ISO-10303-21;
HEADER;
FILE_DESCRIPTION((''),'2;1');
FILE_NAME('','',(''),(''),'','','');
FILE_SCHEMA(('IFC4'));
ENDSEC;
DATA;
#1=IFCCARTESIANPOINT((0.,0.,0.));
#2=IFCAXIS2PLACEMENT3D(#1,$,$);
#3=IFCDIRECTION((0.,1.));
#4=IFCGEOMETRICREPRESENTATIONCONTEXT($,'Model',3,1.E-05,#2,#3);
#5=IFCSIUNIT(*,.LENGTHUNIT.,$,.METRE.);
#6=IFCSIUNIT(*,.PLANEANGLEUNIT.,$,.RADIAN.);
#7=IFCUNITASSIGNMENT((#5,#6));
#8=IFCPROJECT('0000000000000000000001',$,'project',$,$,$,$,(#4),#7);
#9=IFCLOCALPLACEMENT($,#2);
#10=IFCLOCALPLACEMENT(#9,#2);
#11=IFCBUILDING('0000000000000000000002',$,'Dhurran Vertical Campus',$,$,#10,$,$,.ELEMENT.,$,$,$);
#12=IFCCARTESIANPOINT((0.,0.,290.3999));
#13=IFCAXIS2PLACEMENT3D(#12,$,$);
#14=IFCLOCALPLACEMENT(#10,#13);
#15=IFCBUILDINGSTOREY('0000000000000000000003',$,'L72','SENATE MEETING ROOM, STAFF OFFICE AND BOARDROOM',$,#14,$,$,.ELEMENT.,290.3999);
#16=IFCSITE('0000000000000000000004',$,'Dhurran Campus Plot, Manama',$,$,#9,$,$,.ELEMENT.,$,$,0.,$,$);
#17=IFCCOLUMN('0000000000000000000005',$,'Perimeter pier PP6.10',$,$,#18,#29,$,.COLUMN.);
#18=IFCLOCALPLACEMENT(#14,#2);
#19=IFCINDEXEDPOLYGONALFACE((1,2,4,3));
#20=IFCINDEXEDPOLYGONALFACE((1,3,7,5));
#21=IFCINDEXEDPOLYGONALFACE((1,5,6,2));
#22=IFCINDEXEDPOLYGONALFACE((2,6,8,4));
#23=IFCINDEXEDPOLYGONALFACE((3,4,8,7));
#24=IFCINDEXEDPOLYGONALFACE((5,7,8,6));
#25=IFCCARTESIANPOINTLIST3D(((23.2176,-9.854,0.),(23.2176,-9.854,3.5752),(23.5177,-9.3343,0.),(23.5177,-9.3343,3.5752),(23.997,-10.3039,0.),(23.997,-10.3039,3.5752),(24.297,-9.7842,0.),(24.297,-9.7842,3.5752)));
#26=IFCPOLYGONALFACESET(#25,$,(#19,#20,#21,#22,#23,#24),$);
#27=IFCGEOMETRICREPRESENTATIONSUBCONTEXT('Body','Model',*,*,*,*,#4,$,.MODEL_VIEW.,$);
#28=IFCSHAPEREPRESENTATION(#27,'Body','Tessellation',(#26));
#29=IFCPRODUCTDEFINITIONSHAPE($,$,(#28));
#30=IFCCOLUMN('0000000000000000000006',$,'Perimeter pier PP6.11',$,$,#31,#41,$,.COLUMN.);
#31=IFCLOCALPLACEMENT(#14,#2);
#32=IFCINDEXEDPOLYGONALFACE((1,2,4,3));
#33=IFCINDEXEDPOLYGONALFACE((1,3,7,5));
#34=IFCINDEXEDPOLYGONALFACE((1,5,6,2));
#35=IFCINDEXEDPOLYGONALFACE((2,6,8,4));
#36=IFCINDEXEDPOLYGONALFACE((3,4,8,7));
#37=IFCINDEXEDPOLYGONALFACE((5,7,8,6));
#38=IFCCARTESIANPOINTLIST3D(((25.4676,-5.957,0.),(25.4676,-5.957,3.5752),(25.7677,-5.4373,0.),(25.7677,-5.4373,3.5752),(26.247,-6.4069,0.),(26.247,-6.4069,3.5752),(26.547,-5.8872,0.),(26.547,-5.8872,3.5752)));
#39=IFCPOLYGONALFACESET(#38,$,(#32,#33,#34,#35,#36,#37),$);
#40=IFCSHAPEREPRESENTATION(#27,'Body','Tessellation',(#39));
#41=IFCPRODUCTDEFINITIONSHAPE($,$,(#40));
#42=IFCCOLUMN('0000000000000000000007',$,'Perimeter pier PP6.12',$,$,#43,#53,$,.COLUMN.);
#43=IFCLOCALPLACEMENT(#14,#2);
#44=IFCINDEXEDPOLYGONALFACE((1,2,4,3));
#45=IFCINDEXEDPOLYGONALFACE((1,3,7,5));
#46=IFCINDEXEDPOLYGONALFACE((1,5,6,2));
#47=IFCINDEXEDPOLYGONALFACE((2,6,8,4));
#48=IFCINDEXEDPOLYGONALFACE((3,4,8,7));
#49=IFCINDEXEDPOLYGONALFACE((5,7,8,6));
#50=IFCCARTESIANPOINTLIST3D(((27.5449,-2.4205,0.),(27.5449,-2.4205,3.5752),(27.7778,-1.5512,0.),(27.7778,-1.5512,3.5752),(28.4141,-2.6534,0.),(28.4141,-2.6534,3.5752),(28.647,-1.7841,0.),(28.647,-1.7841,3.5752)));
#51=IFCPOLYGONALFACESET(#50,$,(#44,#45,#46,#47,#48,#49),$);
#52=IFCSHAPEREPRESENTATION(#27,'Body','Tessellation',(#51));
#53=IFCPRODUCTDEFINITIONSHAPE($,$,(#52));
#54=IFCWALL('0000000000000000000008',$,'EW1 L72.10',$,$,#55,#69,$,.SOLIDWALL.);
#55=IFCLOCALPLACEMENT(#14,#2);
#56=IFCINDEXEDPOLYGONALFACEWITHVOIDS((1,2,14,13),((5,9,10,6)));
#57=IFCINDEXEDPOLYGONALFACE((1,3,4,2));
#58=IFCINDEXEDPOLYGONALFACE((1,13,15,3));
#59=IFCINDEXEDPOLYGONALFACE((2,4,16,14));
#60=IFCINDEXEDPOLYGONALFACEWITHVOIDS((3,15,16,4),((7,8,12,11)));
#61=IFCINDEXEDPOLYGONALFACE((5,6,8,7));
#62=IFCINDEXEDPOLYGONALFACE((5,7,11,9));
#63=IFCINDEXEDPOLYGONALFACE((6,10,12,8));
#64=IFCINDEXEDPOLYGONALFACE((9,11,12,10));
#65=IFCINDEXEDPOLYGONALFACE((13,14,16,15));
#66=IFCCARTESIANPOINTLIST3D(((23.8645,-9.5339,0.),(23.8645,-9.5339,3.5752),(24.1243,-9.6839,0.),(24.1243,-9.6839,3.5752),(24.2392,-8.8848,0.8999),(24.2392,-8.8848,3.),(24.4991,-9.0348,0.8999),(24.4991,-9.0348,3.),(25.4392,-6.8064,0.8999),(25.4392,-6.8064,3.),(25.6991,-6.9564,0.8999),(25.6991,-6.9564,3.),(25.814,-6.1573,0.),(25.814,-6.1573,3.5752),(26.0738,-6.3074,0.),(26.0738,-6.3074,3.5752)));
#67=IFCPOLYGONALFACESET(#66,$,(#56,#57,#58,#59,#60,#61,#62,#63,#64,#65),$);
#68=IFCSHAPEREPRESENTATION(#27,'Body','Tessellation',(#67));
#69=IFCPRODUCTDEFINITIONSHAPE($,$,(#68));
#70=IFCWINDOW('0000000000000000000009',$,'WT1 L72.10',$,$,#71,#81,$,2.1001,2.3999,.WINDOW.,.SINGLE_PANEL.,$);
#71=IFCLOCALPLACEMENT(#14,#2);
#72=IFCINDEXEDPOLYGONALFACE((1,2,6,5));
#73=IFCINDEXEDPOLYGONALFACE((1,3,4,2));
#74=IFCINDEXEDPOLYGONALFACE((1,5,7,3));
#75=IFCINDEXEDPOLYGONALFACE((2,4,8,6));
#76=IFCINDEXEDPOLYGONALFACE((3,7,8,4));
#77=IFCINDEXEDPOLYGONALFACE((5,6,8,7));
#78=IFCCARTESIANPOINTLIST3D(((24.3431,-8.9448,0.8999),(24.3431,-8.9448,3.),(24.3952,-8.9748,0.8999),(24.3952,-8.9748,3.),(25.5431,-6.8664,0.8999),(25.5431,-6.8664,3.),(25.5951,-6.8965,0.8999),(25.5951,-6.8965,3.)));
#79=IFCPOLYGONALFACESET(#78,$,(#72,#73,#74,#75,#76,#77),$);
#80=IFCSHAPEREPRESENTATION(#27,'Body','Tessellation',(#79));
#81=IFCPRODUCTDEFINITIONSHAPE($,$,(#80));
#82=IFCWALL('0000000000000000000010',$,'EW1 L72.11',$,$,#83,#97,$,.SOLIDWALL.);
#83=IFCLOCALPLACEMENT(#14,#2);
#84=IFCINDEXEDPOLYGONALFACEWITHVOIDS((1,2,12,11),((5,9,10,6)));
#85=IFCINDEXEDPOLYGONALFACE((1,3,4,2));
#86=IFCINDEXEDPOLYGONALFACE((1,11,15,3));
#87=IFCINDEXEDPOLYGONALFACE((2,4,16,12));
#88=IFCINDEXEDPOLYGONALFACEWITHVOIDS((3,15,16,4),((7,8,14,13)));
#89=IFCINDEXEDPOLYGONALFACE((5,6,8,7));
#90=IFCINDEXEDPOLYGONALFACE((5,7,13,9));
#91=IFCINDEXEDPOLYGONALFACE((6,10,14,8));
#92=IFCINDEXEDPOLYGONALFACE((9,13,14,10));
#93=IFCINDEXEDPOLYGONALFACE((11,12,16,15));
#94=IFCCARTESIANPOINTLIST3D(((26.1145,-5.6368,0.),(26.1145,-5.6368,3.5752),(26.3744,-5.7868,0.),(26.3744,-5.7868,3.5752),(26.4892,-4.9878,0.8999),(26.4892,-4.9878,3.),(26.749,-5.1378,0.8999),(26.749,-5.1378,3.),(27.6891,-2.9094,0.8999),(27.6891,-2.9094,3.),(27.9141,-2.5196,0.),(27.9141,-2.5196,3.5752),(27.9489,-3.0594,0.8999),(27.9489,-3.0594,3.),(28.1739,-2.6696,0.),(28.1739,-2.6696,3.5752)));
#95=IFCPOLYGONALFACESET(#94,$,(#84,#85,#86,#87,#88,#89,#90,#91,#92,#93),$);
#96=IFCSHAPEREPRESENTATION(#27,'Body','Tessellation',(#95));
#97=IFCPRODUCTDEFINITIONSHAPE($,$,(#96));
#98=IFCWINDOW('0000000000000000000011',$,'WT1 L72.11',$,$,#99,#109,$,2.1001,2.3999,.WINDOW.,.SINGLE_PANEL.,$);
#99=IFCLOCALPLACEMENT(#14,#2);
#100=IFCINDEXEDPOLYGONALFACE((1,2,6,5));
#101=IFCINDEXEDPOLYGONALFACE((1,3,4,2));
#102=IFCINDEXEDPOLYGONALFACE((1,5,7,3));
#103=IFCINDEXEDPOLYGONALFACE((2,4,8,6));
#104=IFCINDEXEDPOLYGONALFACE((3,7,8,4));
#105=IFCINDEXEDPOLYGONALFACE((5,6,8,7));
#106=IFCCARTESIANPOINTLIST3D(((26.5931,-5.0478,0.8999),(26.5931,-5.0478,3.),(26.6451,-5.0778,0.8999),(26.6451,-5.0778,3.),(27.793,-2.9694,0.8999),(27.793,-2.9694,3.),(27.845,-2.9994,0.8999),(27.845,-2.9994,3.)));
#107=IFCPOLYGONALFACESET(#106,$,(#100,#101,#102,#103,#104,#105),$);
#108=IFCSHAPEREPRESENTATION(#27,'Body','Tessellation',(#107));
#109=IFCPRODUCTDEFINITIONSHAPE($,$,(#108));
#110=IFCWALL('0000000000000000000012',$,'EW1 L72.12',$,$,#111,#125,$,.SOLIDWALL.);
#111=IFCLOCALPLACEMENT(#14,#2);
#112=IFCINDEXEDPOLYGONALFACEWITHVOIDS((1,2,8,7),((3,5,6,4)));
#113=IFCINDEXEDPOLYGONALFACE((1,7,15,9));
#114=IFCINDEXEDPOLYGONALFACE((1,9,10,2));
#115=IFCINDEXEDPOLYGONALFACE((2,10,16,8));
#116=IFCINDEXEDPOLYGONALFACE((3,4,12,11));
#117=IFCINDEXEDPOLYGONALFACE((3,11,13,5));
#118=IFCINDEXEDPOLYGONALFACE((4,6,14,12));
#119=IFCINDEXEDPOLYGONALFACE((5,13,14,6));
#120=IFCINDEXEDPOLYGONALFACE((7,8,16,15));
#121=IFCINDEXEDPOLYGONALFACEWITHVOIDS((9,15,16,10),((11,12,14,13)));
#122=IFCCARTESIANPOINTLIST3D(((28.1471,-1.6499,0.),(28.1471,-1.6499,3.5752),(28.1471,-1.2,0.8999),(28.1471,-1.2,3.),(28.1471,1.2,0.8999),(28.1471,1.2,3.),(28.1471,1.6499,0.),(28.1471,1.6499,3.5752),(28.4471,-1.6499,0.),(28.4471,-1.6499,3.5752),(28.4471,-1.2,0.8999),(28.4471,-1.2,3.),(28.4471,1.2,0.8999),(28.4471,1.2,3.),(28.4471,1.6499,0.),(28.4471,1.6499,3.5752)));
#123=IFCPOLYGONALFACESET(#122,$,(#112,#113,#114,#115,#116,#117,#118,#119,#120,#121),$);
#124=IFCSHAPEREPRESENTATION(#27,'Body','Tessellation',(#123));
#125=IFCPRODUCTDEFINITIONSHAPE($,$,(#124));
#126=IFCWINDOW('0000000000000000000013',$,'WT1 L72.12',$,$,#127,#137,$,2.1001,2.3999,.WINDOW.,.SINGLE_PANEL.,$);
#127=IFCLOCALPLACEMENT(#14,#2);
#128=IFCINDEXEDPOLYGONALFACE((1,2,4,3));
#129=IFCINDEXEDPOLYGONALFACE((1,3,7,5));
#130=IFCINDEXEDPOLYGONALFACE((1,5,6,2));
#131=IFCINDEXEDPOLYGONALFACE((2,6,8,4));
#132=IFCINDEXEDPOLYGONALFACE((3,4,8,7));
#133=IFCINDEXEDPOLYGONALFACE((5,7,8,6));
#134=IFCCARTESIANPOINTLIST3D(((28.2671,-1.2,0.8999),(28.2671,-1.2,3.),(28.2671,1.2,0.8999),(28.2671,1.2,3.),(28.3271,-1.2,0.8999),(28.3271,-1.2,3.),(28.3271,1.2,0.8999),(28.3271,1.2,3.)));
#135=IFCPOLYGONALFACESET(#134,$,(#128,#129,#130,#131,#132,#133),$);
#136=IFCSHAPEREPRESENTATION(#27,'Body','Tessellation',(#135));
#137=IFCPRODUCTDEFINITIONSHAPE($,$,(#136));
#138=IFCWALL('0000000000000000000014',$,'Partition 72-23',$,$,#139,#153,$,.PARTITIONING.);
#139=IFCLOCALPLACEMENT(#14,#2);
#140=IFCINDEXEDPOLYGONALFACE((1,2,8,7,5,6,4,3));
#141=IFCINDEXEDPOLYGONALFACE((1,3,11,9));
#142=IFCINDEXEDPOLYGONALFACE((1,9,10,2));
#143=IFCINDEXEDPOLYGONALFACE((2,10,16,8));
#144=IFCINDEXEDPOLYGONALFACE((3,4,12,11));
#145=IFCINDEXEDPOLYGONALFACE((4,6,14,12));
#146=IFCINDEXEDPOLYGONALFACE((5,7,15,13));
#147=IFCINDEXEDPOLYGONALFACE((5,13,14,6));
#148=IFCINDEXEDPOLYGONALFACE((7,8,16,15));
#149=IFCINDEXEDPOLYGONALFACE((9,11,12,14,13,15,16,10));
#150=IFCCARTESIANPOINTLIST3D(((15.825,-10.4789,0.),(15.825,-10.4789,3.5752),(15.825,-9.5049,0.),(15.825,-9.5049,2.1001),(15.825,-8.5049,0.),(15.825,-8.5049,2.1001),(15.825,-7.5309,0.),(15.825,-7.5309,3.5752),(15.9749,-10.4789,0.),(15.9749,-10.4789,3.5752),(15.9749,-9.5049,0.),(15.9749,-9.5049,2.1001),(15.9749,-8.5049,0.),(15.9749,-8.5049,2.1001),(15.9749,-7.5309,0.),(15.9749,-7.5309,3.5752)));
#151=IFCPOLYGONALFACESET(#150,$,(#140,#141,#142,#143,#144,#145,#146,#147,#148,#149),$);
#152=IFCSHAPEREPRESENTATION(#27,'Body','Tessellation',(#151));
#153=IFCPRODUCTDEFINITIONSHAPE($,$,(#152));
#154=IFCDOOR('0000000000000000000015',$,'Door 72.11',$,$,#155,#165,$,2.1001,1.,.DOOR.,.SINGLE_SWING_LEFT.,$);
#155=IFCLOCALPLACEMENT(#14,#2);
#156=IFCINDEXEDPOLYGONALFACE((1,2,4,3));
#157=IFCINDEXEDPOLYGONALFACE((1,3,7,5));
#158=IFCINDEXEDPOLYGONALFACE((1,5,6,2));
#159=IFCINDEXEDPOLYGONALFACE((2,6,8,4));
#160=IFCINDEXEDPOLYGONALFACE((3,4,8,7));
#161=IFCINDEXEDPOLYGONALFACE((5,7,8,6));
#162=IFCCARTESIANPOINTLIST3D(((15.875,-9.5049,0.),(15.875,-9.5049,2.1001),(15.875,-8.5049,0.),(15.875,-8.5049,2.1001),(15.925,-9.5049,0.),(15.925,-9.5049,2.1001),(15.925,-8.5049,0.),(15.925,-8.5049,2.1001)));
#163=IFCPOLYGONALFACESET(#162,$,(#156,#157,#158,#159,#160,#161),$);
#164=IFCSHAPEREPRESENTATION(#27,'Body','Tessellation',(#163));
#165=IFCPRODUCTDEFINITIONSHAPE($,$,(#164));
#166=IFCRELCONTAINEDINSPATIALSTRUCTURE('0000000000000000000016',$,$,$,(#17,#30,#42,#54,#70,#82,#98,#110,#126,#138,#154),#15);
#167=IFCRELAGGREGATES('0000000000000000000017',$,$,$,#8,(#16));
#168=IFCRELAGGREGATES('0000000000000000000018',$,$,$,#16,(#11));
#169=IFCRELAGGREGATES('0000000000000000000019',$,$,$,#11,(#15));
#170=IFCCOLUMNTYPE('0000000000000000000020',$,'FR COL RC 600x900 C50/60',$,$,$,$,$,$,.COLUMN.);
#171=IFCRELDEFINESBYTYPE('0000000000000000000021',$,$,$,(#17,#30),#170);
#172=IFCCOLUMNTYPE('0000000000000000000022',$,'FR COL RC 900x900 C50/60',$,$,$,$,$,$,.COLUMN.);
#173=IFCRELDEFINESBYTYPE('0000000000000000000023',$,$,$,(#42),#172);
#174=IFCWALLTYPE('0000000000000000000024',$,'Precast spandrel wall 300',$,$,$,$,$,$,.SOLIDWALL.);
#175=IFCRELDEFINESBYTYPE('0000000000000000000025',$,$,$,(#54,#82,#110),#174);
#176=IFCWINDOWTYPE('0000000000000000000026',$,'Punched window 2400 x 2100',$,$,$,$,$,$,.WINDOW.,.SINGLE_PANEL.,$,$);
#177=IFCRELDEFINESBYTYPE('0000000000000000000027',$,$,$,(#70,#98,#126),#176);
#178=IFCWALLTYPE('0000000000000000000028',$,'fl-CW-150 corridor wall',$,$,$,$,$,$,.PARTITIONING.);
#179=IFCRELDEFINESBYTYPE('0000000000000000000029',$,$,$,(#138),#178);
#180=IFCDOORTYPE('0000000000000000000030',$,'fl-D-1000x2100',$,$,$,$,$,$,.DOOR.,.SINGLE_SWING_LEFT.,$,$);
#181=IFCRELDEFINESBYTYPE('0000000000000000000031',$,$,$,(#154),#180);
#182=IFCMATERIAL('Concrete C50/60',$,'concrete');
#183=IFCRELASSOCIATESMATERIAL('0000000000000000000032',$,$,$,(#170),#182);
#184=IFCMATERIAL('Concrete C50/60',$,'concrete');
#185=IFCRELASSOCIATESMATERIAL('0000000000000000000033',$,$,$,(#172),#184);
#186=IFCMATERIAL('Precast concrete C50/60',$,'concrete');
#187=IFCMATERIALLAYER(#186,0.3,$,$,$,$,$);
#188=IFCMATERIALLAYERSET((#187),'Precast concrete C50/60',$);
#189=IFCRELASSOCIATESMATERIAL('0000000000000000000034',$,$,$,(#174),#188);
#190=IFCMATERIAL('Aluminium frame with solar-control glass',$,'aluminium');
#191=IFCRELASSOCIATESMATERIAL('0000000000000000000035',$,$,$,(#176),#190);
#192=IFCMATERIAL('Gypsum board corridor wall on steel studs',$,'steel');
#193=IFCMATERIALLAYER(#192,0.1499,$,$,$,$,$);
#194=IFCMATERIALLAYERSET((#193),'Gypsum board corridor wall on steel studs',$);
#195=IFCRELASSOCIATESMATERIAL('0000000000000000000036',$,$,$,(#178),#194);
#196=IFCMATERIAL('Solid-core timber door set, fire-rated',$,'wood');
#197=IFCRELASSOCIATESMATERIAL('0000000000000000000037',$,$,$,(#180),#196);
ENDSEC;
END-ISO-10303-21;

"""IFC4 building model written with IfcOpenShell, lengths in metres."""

from ifc_helpers import new_model, si_unit, direction, frame, frame_2d, origin, origin_2d, place, context, subcontext, project, spatial, rectangle, extrude, material, layer, layer_set, material_profile, profile_set, type_object, element, fill, save


model = new_model("IFC4")

# Units and contexts
model_context = context("Model", 3, precision=1e-05, world=origin(), true_north=direction((0.0, 1.0)))
body_context = subcontext(model_context, "Body", "Model", "MODEL_VIEW")
ifc_project = project(units=[si_unit("LENGTHUNIT", "METRE"), si_unit("PLANEANGLEUNIT", "RADIAN")], contexts=[model_context])

# Site, building, storey
site_placement = place(None, origin())
site = spatial("IfcSite", under=ifc_project, at=site_placement, Name="Dhurran Campus Plot, Manama", CompositionType="ELEMENT", RefElevation=0.0)
building_placement = place(site_placement, origin())
building = spatial("IfcBuilding", under=site, at=building_placement, Name="Dhurran Vertical Campus", CompositionType="ELEMENT")
storey_placement = place(building_placement, frame((0.0, 0.0, 290.3999)))
storey = spatial("IfcBuildingStorey", under=building, at=storey_placement, Name="L72", Description="SENATE MEETING ROOM, STAFF OFFICE AND BOARDROOM", CompositionType="ELEMENT", Elevation=290.3999)

# Columns
ifc_material_1 = material(Name="Concrete C50/60", Category="concrete")
ifc_material_profile_1 = material_profile(ifc_material_1, rectangle(XDim=0.6001, YDim=0.8999, at=origin_2d()), Name="RC 600x900")
ifc_profile_set_1 = profile_set([ifc_material_profile_1], Name="Concrete C50/60")
column_type_1 = type_object("IfcColumnType", Name="FR COL RC 600x900 C50/60", PredefinedType="COLUMN", material=ifc_profile_set_1)
for number, where, z_axis, x_axis, name in (
    (1, (23.7573, -9.8191, 0.0), (0.0, 0.0, 1.0), (0.5, 0.866025, 0.0), "Perimeter pier PP6.10"),
    (2, (26.0073, -5.9221, 0.0), (0.0, 0.0, 1.0), (0.5, 0.866025, 0.0), "Perimeter pier PP6.11"),
):
    element("IfcColumn", number, at=place(storey_placement, frame(where, z_axis=z_axis, x_axis=x_axis)), inside=storey, type_object=column_type_1, Name=name, PredefinedType="COLUMN", context=body_context, shape_type="SweptSolid", body=[
        extrude(rectangle(XDim=0.6001, YDim=0.8999, at=origin_2d()), origin(), (0.0, 0.0, 1.0), 3.5752),
    ])
ifc_material_2 = material(Name="Concrete C50/60", Category="concrete")
ifc_material_profile_2 = material_profile(ifc_material_2, rectangle(XDim=0.8999, YDim=0.8999, at=origin_2d()), Name="RC 900x900")
ifc_profile_set_2 = profile_set([ifc_material_profile_2], Name="Concrete C50/60")
column_type_2 = type_object("IfcColumnType", Name="FR COL RC 900x900 C50/60", PredefinedType="COLUMN", material=ifc_profile_set_2)
column_placement = place(storey_placement, frame((28.0959, -2.1023, 0.0), z_axis=(0.0, 0.0, 1.0), x_axis=(0.258819, 0.965926, 0.0)))
element("IfcColumn", 3, at=column_placement, inside=storey, type_object=column_type_2, Name="Perimeter pier PP6.12", PredefinedType="COLUMN", context=body_context, shape_type="SweptSolid", body=[
    extrude(rectangle(XDim=0.8999, YDim=0.8999, at=origin_2d()), origin(), (0.0, 0.0, 1.0), 3.5752),
])

# Walls, openings, windows
ifc_material_3 = material(Name="Precast concrete C50/60", Category="concrete")
ifc_layer_1 = layer(ifc_material_3, 0.3)
ifc_layer_set_1 = layer_set([ifc_layer_1], Name="Precast concrete C50/60")
wall_type_1 = type_object("IfcWallType", Name="Precast spandrel wall 300", PredefinedType="SOLIDWALL", material=ifc_layer_set_1)
wall_1_placement = place(storey_placement, frame((23.9944, -9.6089, 0.0), z_axis=(0.0, 0.0, 1.0), x_axis=(0.500012, 0.866019, 0.0)))
wall_1 = element("IfcWall", 4, at=wall_1_placement, inside=storey, type_object=wall_type_1, Name="EW1 L72.10", PredefinedType="SOLIDWALL", context=body_context, shape_type="SweptSolid", body=[
    extrude(rectangle(XDim=3.8989, YDim=0.3, at=frame_2d((1.9495, 0.0))), origin(), (0.0, 0.0, 1.0), 3.5752),
])
opening_1_placement = place(wall_1_placement, frame((0.7495, 0.0, 0.8999)))
opening_1 = element("IfcOpeningElement", 5, at=opening_1_placement, cuts=wall_1, PredefinedType="OPENING", context=body_context, shape_type="SweptSolid", body=[
    extrude(rectangle(XDim=2.3999, YDim=2.1001, at=frame_2d((1.2, 1.05))), frame((0.0, 0.1599, 0.0), z_axis=(0.0, -1.0, 0.0), x_axis=(1.0, 0.0, 0.0)), (0.0, 0.0, 1.0), 0.3201),
])
ifc_material_4 = material(Name="Aluminium frame with solar-control glass", Category="aluminium")
window_type = type_object("IfcWindowType", Name="Punched window 2400 x 2100", PartitioningType="SINGLE_PANEL", PredefinedType="WINDOW", material=ifc_material_4)
window_1_placement = place(opening_1_placement, origin())
window_1 = element("IfcWindow", 6, at=window_1_placement, inside=storey, type_object=window_type, Name="WT1 L72.10", OverallHeight=2.1001, OverallWidth=2.3999, PartitioningType="SINGLE_PANEL", PredefinedType="WINDOW", context=body_context, shape_type="SweptSolid", body=[
    extrude(rectangle(XDim=2.3999, YDim=2.1001, at=frame_2d((1.2, 1.05))), frame((0.0, 0.03, 0.0), z_axis=(0.0, -1.0, 0.0), x_axis=(1.0, 0.0, 0.0)), (0.0, 0.0, 1.0), 0.0601),
])
fill(opening_1, window_1)
wall_2_placement = place(storey_placement, frame((26.2444, -5.7119, 0.0), z_axis=(0.0, 0.0, 1.0), x_axis=(0.499969, 0.866043, 0.0)))
wall_2 = element("IfcWall", 7, at=wall_2_placement, inside=storey, type_object=wall_type_1, Name="EW1 L72.11", PredefinedType="SOLIDWALL", context=body_context, shape_type="SweptSolid", body=[
    extrude(rectangle(XDim=3.5994, YDim=0.3, at=frame_2d((1.7998, 0.0))), origin(), (0.0, 0.0, 1.0), 3.5752),
])
opening_2_placement = place(wall_2_placement, frame((0.7495, 0.0, 0.8999)))
opening_2 = element("IfcOpeningElement", 8, at=opening_2_placement, cuts=wall_2, PredefinedType="OPENING", context=body_context, shape_type="SweptSolid", body=[
    extrude(rectangle(XDim=2.3999, YDim=2.1001, at=frame_2d((1.2, 1.05))), frame((0.0, 0.1599, 0.0), z_axis=(0.0, -1.0, 0.0), x_axis=(1.0, 0.0, 0.0)), (0.0, 0.0, 1.0), 0.3201),
])
window_2_placement = place(opening_2_placement, origin())
window_2 = element("IfcWindow", 9, at=window_2_placement, inside=storey, type_object=window_type, Name="WT1 L72.11", OverallHeight=2.1001, OverallWidth=2.3999, PartitioningType="SINGLE_PANEL", PredefinedType="WINDOW", context=body_context, shape_type="SweptSolid", body=[
    extrude(rectangle(XDim=2.3999, YDim=2.1001, at=frame_2d((1.2, 1.05))), frame((0.0, 0.03, 0.0), z_axis=(0.0, -1.0, 0.0), x_axis=(1.0, 0.0, 0.0)), (0.0, 0.0, 1.0), 0.0601),
])
fill(opening_2, window_2)
wall_3_placement = place(storey_placement, frame((28.2971, -1.6499, 0.0), z_axis=(0.0, 0.0, 1.0), x_axis=(0.0, 1.0, 0.0)))
wall_3 = element("IfcWall", 10, at=wall_3_placement, inside=storey, type_object=wall_type_1, Name="EW1 L72.12", PredefinedType="SOLIDWALL", context=body_context, shape_type="SweptSolid", body=[
    extrude(rectangle(XDim=3.2998, YDim=0.3, at=frame_2d((1.6499, 0.0))), origin(), (0.0, 0.0, 1.0), 3.5752),
])
opening_3_placement = place(wall_3_placement, frame((0.45, 0.0, 0.8999)))
opening_3 = element("IfcOpeningElement", 11, at=opening_3_placement, cuts=wall_3, PredefinedType="OPENING", context=body_context, shape_type="SweptSolid", body=[
    extrude(rectangle(XDim=2.3999, YDim=2.1001, at=frame_2d((1.2, 1.05))), frame((0.0, 0.1599, 0.0), z_axis=(0.0, -1.0, 0.0), x_axis=(1.0, 0.0, 0.0)), (0.0, 0.0, 1.0), 0.3201),
])
window_3_placement = place(opening_3_placement, origin())
window_3 = element("IfcWindow", 12, at=window_3_placement, inside=storey, type_object=window_type, Name="WT1 L72.12", OverallHeight=2.1001, OverallWidth=2.3999, PartitioningType="SINGLE_PANEL", PredefinedType="WINDOW", context=body_context, shape_type="SweptSolid", body=[
    extrude(rectangle(XDim=2.3999, YDim=2.1001, at=frame_2d((1.2, 1.05))), frame((0.0, 0.03, 0.0), z_axis=(0.0, -1.0, 0.0), x_axis=(1.0, 0.0, 0.0)), (0.0, 0.0, 1.0), 0.0601),
])
fill(opening_3, window_3)

# Wall, opening, door
ifc_material_5 = material(Name="Gypsum board corridor wall on steel studs", Category="steel")
ifc_layer_2 = layer(ifc_material_5, 0.1499)
ifc_layer_set_2 = layer_set([ifc_layer_2], Name="Gypsum board corridor wall on steel studs")
wall_type_2 = type_object("IfcWallType", Name="fl-CW-150 corridor wall", PredefinedType="PARTITIONING", material=ifc_layer_set_2)
wall_4_placement = place(storey_placement, frame((15.8999, -10.479, 0.0), z_axis=(0.0, 0.0, 1.0), x_axis=(0.0, 1.0, 0.0)))
wall_4 = element("IfcWall", 13, at=wall_4_placement, inside=storey, type_object=wall_type_2, Name="Partition 72-23", PredefinedType="PARTITIONING", context=body_context, shape_type="SweptSolid", body=[
    extrude(rectangle(XDim=2.948, YDim=0.1499, at=frame_2d((1.4741, 0.0))), origin(), (0.0, 0.0, 1.0), 3.5752),
])
opening_4_placement = place(wall_4_placement, frame((0.9741, 0.0, 0.0)))
opening_4 = element("IfcOpeningElement", 14, at=opening_4_placement, cuts=wall_4, PredefinedType="OPENING", context=body_context, shape_type="SweptSolid", body=[
    extrude(rectangle(XDim=1.0, YDim=2.1001, at=frame_2d((0.5, 1.05))), frame((0.0, 0.085, 0.0), z_axis=(0.0, -1.0, 0.0), x_axis=(1.0, 0.0, 0.0)), (0.0, 0.0, 1.0), 0.1699),
])
ifc_material_6 = material(Name="Solid-core timber door set, fire-rated", Category="wood")
door_type = type_object("IfcDoorType", Name="fl-D-1000x2100", OperationType="SINGLE_SWING_LEFT", PredefinedType="DOOR", material=ifc_material_6)
door_1_placement = place(opening_4_placement, origin())
door_1 = element("IfcDoor", 15, at=door_1_placement, inside=storey, type_object=door_type, Name="Door 72.11", OperationType="SINGLE_SWING_LEFT", OverallHeight=2.1001, OverallWidth=1.0, PredefinedType="DOOR", context=body_context, shape_type="SweptSolid", body=[
    extrude(rectangle(XDim=1.0, YDim=2.1001, at=frame_2d((0.5, 1.05))), frame((0.0, 0.0249, 0.0), z_axis=(0.0, -1.0, 0.0), x_axis=(1.0, 0.0, 0.0)), (0.0, 0.0, 1.0), 0.05),
])
fill(opening_4, door_1)

save(model, "model.ifc")
